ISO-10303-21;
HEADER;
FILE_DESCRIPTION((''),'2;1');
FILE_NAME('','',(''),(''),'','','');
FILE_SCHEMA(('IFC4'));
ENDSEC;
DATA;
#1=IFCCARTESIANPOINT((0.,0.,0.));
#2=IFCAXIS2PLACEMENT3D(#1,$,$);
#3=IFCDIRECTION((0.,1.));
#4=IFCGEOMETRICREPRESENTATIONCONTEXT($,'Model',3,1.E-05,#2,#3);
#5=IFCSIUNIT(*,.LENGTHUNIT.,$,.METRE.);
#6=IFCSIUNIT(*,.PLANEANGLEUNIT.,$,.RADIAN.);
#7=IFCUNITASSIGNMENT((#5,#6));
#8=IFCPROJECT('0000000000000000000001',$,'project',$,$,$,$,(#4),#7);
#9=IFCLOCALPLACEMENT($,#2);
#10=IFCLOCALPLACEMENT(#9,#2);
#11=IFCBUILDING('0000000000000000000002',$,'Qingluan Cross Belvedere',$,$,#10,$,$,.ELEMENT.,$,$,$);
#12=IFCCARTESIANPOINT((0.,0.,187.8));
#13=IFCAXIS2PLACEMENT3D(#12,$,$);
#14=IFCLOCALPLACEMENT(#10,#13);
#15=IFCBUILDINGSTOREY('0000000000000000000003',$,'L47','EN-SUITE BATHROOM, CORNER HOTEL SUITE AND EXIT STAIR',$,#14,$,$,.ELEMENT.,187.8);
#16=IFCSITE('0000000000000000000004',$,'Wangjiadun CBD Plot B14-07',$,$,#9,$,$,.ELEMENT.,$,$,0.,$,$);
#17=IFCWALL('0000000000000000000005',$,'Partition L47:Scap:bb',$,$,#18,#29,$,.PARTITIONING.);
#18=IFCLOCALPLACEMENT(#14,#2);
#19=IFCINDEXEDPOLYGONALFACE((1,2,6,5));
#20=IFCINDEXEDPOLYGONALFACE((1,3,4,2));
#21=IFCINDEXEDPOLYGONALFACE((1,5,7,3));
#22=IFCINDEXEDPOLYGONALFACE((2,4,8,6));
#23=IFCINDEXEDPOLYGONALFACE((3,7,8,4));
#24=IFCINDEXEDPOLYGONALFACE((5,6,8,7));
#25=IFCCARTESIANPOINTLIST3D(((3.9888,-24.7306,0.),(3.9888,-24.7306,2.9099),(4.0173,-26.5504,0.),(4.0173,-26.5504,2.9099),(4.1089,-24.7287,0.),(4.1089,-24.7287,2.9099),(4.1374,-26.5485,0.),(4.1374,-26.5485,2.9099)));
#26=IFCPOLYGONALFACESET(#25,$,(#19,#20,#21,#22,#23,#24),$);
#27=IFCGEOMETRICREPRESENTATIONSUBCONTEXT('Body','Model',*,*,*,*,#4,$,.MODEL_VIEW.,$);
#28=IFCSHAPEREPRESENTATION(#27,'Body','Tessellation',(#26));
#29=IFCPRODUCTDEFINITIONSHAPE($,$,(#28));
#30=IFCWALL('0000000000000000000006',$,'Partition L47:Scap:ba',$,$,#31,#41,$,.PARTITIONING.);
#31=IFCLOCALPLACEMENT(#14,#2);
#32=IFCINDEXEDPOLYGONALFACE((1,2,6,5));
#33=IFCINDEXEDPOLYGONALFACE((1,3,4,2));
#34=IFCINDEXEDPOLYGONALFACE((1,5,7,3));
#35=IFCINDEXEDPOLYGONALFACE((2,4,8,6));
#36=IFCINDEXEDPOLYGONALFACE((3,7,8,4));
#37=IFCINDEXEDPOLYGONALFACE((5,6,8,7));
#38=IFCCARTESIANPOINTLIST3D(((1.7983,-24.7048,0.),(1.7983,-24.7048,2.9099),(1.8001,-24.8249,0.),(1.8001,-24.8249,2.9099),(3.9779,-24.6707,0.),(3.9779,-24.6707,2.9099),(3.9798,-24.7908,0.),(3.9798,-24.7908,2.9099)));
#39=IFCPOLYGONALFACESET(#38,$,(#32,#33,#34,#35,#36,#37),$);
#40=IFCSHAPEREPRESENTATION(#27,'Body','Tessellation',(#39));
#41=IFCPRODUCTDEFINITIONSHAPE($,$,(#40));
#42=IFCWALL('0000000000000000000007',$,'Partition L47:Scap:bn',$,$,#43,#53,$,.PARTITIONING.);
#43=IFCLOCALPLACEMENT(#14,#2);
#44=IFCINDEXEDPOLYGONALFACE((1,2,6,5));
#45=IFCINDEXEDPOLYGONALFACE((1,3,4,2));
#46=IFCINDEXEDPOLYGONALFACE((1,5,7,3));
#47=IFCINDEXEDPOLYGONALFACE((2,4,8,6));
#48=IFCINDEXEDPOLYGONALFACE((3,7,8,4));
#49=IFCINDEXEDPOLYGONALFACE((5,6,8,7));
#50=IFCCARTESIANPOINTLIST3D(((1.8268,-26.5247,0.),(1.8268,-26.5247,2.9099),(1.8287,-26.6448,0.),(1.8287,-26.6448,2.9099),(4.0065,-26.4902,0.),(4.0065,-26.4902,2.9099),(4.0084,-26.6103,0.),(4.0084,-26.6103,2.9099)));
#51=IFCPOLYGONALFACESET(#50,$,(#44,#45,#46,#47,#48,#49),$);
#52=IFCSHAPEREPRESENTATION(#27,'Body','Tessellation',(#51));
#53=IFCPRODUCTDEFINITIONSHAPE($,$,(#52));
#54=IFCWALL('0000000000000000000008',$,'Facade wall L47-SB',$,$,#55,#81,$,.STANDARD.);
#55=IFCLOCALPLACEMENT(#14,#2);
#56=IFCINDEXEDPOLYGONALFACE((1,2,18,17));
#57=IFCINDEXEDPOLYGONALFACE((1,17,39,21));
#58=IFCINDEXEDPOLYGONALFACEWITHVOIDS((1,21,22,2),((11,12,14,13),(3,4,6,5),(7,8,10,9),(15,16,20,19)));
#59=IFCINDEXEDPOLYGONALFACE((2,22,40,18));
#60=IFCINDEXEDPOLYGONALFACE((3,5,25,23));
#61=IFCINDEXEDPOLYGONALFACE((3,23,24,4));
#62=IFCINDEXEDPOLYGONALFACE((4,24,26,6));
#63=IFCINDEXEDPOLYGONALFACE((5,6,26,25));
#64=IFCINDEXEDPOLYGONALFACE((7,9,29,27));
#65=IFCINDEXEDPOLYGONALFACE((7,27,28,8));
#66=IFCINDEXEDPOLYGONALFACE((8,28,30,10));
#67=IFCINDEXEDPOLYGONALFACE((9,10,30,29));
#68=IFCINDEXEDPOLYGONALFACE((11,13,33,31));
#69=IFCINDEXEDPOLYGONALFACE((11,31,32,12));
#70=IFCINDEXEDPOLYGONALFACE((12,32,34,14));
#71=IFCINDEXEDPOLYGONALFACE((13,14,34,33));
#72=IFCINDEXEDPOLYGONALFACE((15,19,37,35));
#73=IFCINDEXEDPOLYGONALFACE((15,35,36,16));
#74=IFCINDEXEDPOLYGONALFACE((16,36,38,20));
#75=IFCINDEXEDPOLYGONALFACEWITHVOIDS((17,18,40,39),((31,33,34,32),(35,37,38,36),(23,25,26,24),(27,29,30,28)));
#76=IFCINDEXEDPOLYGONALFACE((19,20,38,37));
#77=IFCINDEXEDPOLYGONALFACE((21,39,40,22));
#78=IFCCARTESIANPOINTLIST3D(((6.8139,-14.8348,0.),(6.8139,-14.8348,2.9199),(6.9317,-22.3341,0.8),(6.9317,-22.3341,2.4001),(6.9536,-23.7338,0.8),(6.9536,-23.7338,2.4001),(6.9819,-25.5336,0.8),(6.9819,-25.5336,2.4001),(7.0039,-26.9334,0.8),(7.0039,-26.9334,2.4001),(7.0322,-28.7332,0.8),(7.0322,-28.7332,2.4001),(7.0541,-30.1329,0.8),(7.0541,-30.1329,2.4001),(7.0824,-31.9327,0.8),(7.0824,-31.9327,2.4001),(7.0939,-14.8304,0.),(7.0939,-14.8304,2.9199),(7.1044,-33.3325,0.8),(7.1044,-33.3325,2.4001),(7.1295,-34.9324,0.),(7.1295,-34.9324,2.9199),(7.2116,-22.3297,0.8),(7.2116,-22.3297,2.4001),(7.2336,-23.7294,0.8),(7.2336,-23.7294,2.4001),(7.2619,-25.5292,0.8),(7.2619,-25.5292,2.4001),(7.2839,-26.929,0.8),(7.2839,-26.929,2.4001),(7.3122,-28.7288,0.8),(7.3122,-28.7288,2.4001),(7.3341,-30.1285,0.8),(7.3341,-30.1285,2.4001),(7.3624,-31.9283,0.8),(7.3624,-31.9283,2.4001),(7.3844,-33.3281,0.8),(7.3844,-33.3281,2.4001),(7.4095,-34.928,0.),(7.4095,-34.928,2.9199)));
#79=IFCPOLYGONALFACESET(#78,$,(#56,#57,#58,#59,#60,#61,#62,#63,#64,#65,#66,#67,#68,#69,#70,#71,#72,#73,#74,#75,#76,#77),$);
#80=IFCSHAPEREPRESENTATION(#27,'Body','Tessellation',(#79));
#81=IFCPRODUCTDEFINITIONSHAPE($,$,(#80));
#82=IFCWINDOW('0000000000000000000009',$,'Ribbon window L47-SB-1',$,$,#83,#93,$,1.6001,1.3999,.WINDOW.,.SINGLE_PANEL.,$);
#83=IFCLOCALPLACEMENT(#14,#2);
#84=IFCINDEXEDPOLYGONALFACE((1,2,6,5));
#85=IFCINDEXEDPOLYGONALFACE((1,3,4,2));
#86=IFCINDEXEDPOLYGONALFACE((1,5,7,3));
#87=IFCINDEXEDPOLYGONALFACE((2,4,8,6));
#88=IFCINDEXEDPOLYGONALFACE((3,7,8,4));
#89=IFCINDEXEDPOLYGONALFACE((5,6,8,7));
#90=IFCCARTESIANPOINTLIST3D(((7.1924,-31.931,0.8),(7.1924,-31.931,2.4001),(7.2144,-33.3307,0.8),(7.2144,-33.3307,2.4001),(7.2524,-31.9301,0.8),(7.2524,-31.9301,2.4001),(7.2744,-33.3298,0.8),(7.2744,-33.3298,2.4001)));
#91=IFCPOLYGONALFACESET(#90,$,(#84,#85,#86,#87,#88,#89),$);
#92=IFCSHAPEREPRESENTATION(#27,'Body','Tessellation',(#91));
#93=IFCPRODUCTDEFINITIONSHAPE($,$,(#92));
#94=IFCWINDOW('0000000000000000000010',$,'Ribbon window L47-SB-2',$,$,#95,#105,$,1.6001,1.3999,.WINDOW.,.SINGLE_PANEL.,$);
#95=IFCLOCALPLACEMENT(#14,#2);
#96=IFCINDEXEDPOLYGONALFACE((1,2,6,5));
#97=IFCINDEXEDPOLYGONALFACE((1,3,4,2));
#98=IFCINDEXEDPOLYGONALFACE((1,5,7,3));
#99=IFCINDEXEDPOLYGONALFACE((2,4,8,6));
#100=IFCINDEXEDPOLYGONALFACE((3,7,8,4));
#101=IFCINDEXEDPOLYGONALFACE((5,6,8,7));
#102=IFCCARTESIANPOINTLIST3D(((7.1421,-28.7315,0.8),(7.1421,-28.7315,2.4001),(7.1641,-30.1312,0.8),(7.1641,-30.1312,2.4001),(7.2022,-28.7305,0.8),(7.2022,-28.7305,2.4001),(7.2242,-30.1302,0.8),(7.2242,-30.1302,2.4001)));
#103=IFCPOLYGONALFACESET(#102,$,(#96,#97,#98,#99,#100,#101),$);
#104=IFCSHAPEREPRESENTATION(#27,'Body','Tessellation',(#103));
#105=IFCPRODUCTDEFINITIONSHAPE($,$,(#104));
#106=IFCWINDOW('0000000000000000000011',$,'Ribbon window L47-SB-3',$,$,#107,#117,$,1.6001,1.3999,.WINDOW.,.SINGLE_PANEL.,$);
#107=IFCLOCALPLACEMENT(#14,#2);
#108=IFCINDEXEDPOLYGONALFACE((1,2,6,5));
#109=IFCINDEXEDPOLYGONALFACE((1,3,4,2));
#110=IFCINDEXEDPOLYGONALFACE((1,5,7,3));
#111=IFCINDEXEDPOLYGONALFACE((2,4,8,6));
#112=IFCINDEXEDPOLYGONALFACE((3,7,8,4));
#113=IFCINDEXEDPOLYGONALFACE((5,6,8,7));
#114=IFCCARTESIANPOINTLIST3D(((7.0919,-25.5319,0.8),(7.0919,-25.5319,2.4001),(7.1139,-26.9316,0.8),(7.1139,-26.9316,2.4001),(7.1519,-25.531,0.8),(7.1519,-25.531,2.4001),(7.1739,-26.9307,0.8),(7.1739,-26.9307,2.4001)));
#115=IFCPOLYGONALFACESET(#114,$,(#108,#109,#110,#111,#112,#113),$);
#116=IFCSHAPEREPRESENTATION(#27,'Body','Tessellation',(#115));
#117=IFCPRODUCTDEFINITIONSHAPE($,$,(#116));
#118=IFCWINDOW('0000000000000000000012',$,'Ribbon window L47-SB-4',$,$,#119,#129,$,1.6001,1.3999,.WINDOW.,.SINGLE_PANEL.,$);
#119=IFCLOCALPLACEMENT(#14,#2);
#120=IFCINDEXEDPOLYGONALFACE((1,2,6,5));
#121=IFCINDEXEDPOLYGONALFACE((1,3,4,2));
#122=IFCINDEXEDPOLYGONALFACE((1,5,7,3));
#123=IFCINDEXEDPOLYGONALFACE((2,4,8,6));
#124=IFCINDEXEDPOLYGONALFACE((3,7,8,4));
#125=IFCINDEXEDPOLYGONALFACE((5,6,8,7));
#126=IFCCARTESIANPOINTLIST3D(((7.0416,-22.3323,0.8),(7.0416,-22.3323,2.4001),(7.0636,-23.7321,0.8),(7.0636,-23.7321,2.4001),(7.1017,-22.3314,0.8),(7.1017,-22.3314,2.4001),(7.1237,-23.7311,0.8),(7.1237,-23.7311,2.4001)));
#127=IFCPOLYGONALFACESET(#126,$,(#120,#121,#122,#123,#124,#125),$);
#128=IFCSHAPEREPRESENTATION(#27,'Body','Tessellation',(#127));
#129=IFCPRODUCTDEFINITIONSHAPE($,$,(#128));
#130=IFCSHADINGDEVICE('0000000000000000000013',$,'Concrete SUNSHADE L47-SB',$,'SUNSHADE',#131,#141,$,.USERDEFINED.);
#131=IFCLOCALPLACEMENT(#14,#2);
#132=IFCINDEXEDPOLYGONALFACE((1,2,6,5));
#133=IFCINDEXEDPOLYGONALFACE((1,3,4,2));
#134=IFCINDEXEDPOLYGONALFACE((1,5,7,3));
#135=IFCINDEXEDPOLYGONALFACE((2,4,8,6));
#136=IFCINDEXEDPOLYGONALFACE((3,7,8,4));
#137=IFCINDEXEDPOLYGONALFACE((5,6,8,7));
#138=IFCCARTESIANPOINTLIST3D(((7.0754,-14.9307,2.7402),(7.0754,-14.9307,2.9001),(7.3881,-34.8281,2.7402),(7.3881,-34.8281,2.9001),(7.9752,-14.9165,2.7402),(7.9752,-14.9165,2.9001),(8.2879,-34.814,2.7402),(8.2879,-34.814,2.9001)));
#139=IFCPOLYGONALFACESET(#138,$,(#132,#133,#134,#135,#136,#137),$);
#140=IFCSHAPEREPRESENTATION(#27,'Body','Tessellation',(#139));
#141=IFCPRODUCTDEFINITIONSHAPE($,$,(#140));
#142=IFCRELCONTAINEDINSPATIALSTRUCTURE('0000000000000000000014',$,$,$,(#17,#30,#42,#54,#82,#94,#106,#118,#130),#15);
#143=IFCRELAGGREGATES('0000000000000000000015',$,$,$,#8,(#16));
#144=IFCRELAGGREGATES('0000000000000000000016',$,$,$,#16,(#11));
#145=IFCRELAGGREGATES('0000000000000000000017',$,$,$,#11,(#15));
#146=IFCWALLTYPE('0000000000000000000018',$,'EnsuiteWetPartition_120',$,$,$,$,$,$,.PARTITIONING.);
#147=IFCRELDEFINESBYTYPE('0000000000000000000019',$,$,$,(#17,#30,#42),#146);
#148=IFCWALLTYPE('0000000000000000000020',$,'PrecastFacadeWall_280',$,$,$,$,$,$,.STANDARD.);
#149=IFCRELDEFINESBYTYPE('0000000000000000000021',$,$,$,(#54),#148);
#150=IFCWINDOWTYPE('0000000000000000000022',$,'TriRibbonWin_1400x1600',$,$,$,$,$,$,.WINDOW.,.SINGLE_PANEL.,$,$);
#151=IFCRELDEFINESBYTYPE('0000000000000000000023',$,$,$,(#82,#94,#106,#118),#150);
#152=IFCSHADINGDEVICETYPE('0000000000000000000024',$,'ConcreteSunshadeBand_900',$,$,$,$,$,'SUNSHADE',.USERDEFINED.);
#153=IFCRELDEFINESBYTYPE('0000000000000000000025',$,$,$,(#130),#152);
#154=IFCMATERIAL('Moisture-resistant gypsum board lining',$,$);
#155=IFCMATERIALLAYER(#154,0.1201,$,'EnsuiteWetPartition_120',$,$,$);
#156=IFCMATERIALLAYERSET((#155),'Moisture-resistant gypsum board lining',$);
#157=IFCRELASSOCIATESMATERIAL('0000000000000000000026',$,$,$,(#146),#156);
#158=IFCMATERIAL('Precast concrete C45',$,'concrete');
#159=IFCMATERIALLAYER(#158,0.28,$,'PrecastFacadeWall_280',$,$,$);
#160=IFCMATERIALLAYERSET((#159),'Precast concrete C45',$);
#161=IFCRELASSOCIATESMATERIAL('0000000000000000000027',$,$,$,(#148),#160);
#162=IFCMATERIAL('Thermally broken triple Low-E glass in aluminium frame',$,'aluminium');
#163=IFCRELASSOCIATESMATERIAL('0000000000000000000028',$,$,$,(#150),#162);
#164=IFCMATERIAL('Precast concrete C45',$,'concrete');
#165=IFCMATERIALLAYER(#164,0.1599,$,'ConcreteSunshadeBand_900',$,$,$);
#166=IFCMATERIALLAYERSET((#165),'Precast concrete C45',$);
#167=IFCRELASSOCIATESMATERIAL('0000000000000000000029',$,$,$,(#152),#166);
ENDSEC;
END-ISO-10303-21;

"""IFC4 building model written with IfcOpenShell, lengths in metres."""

from ifc_helpers import new_model, si_unit, direction, frame, frame_2d, origin, origin_2d, place, context, subcontext, project, spatial, rectangle, extrude, material, layer, layer_set, type_object, element, fill, save


model = new_model("IFC4")

# Units and contexts
model_context = context("Model", 3, precision=1e-05, world=origin(), true_north=direction((0.0, 1.0)))
body_context = subcontext(model_context, "Body", "Model", "MODEL_VIEW")
ifc_project = project(units=[si_unit("LENGTHUNIT", "METRE"), si_unit("PLANEANGLEUNIT", "RADIAN")], contexts=[model_context])

# Site, building, storey
site_placement = place(None, origin())
site = spatial("IfcSite", under=ifc_project, at=site_placement, Name="Wangjiadun CBD Plot B14-07", CompositionType="ELEMENT", RefElevation=0.0)
building_placement = place(site_placement, origin())
building = spatial("IfcBuilding", under=site, at=building_placement, Name="Qingluan Cross Belvedere", CompositionType="ELEMENT")
storey_placement = place(building_placement, frame((0.0, 0.0, 187.8)))
storey = spatial("IfcBuildingStorey", under=building, at=storey_placement, Name="L47", Description="EN-SUITE BATHROOM, CORNER HOTEL SUITE AND EXIT STAIR", CompositionType="ELEMENT", Elevation=187.8)

# Shared definitions
ifc_material_1 = material(Name="Moisture-resistant gypsum board lining")
ifc_layer_1 = layer(ifc_material_1, 0.1201, Name="EnsuiteWetPartition_120")
ifc_layer_set_1 = layer_set([ifc_layer_1], Name="Moisture-resistant gypsum board lining")
wall_type_1 = type_object("IfcWallType", Name="EnsuiteWetPartition_120", PredefinedType="PARTITIONING", material=ifc_layer_set_1)

# Walls
wall_1_placement = place(storey_placement, frame((4.0488, -24.7295, 0.0), z_axis=(0.0, 0.0, 1.0), x_axis=(0.015694, -0.999877, 0.0)))
element("IfcWall", 1, at=wall_1_placement, inside=storey, type_object=wall_type_1, Name="Partition L47:Scap:bb", PredefinedType="PARTITIONING", context=body_context, shape_type="SweptSolid", body=[
    extrude(rectangle(XDim=1.8201, YDim=0.1201, at=frame_2d((0.9102, 0.0))), origin(), (0.0, 0.0, 1.0), 2.9099),
])
for number, where, z_axis, x_axis, name in (
    (2, (1.7993, -24.7649, 0.0), (0.0, 0.0, 1.0), (0.999877, 0.015679, 0.0), "Partition L47:Scap:ba"),
    (3, (1.8279, -26.5847, 0.0), (0.0, 0.0, 1.0), (0.999875, 0.015791, 0.0), "Partition L47:Scap:bn"),
):
    element("IfcWall", number, at=place(storey_placement, frame(where, z_axis=z_axis, x_axis=x_axis)), inside=storey, type_object=wall_type_1, Name=name, PredefinedType="PARTITIONING", context=body_context, shape_type="SweptSolid", body=[
        extrude(rectangle(XDim=2.1799, YDim=0.1201, at=frame_2d((1.0898, 0.0))), origin(), (0.0, 0.0, 1.0), 2.9099),
    ])

# Wall, openings, windows
ifc_material_2 = material(Name="Precast concrete C45", Category="concrete")
ifc_layer_2 = layer(ifc_material_2, 0.28, Name="PrecastFacadeWall_280")
ifc_layer_set_2 = layer_set([ifc_layer_2], Name="Precast concrete C45")
wall_type_2 = type_object("IfcWallType", Name="PrecastFacadeWall_280", PredefinedType="STANDARD", material=ifc_layer_set_2)
wall_2_placement = place(storey_placement, frame((7.2695, -34.9302, 0.0), z_axis=(0.0, 0.0, 1.0), x_axis=(-0.015705, 0.999877, 0.0)))
wall_2 = element("IfcWall", 4, at=wall_2_placement, inside=storey, type_object=wall_type_2, Name="Facade wall L47-SB", PredefinedType="STANDARD", context=body_context, shape_type="SweptSolid", body=[
    extrude(rectangle(XDim=20.1001, YDim=0.28, at=frame_2d((10.05, 0.0))), origin(), (0.0, 0.0, 1.0), 2.9199),
])
opening_1_placement = place(wall_2_placement, frame((1.6001, 0.0, 0.8)))
opening_1 = element("IfcOpeningElement", 5, at=opening_1_placement, cuts=wall_2, PredefinedType="OPENING", context=body_context, shape_type="SweptSolid", body=[
    extrude(rectangle(XDim=1.3999, YDim=1.6001, at=frame_2d((0.7, 0.8))), frame((0.0, 0.1499, 0.0), z_axis=(0.0, -1.0, 0.0), x_axis=(1.0, 0.0, 0.0)), (0.0, 0.0, 1.0), 0.3),
])
opening_2_placement = place(wall_2_placement, frame((4.8, 0.0, 0.8)))
opening_2 = element("IfcOpeningElement", 6, at=opening_2_placement, cuts=wall_2, PredefinedType="OPENING", context=body_context, shape_type="SweptSolid", body=[
    extrude(rectangle(XDim=1.3999, YDim=1.6001, at=frame_2d((0.7, 0.8))), frame((0.0, 0.1499, 0.0), z_axis=(0.0, -1.0, 0.0), x_axis=(1.0, 0.0, 0.0)), (0.0, 0.0, 1.0), 0.3),
])
opening_3_placement = place(wall_2_placement, frame((8.0, 0.0, 0.8)))
opening_3 = element("IfcOpeningElement", 7, at=opening_3_placement, cuts=wall_2, PredefinedType="OPENING", context=body_context, shape_type="SweptSolid", body=[
    extrude(rectangle(XDim=1.3999, YDim=1.6001, at=frame_2d((0.7, 0.8))), frame((0.0, 0.1499, 0.0), z_axis=(0.0, -1.0, 0.0), x_axis=(1.0, 0.0, 0.0)), (0.0, 0.0, 1.0), 0.3),
])
opening_4_placement = place(wall_2_placement, frame((11.2, 0.0, 0.8)))
opening_4 = element("IfcOpeningElement", 8, at=opening_4_placement, cuts=wall_2, PredefinedType="OPENING", context=body_context, shape_type="SweptSolid", body=[
    extrude(rectangle(XDim=1.3999, YDim=1.6001, at=frame_2d((0.7, 0.8))), frame((0.0, 0.1499, 0.0), z_axis=(0.0, -1.0, 0.0), x_axis=(1.0, 0.0, 0.0)), (0.0, 0.0, 1.0), 0.3),
])
ifc_material_3 = material(Name="Thermally broken triple Low-E glass in aluminium frame", Category="aluminium")
window_type = type_object("IfcWindowType", Name="TriRibbonWin_1400x1600", PartitioningType="SINGLE_PANEL", PredefinedType="WINDOW", material=ifc_material_3)
window_1_placement = place(opening_1_placement, origin())
window_1 = element("IfcWindow", 9, at=window_1_placement, inside=storey, type_object=window_type, Name="Ribbon window L47-SB-1", OverallHeight=1.6001, OverallWidth=1.3999, PartitioningType="SINGLE_PANEL", PredefinedType="WINDOW", context=body_context, shape_type="SweptSolid", body=[
    extrude(rectangle(XDim=1.3999, YDim=1.6001, at=frame_2d((0.7, 0.8))), frame((0.0, 0.03, 0.0), z_axis=(0.0, -1.0, 0.0), x_axis=(1.0, 0.0, 0.0)), (0.0, 0.0, 1.0), 0.0601),
])
fill(opening_1, window_1)
window_2_placement = place(opening_2_placement, origin())
window_2 = element("IfcWindow", 10, at=window_2_placement, inside=storey, type_object=window_type, Name="Ribbon window L47-SB-2", OverallHeight=1.6001, OverallWidth=1.3999, PartitioningType="SINGLE_PANEL", PredefinedType="WINDOW", context=body_context, shape_type="SweptSolid", body=[
    extrude(rectangle(XDim=1.3999, YDim=1.6001, at=frame_2d((0.7, 0.8))), frame((0.0, 0.03, 0.0), z_axis=(0.0, -1.0, 0.0), x_axis=(1.0, 0.0, 0.0)), (0.0, 0.0, 1.0), 0.0601),
])
fill(opening_2, window_2)
window_3_placement = place(opening_3_placement, origin())
window_3 = element("IfcWindow", 11, at=window_3_placement, inside=storey, type_object=window_type, Name="Ribbon window L47-SB-3", OverallHeight=1.6001, OverallWidth=1.3999, PartitioningType="SINGLE_PANEL", PredefinedType="WINDOW", context=body_context, shape_type="SweptSolid", body=[
    extrude(rectangle(XDim=1.3999, YDim=1.6001, at=frame_2d((0.7, 0.8))), frame((0.0, 0.03, 0.0), z_axis=(0.0, -1.0, 0.0), x_axis=(1.0, 0.0, 0.0)), (0.0, 0.0, 1.0), 0.0601),
])
fill(opening_3, window_3)
window_4_placement = place(opening_4_placement, origin())
window_4 = element("IfcWindow", 12, at=window_4_placement, inside=storey, type_object=window_type, Name="Ribbon window L47-SB-4", OverallHeight=1.6001, OverallWidth=1.3999, PartitioningType="SINGLE_PANEL", PredefinedType="WINDOW", context=body_context, shape_type="SweptSolid", body=[
    extrude(rectangle(XDim=1.3999, YDim=1.6001, at=frame_2d((0.7, 0.8))), frame((0.0, 0.03, 0.0), z_axis=(0.0, -1.0, 0.0), x_axis=(1.0, 0.0, 0.0)), (0.0, 0.0, 1.0), 0.0601),
])
fill(opening_4, window_4)

# Shading device
ifc_material_4 = material(Name="Precast concrete C45", Category="concrete")
ifc_layer_3 = layer(ifc_material_4, 0.1599, Name="ConcreteSunshadeBand_900")
ifc_layer_set_3 = layer_set([ifc_layer_3], Name="Precast concrete C45")
shading_device_type = type_object("IfcShadingDeviceType", Name="ConcreteSunshadeBand_900", ElementType="SUNSHADE", PredefinedType="USERDEFINED", material=ifc_layer_set_3)
shading_device_placement = place(storey_placement, frame((7.6816, -24.8723, 2.7402), z_axis=(0.0, 0.0, 1.0), x_axis=(-0.015711, 0.999877, 0.0)))
element("IfcShadingDevice", 13, at=shading_device_placement, inside=storey, type_object=shading_device_type, Name="Concrete SUNSHADE L47-SB", ObjectType="SUNSHADE", PredefinedType="USERDEFINED", context=body_context, shape_type="SweptSolid", body=[
    extrude(rectangle(XDim=19.8999, YDim=0.8999, at=origin_2d()), origin(), (0.0, 0.0, 1.0), 0.1599),
])

save(model, "model.ifc")
